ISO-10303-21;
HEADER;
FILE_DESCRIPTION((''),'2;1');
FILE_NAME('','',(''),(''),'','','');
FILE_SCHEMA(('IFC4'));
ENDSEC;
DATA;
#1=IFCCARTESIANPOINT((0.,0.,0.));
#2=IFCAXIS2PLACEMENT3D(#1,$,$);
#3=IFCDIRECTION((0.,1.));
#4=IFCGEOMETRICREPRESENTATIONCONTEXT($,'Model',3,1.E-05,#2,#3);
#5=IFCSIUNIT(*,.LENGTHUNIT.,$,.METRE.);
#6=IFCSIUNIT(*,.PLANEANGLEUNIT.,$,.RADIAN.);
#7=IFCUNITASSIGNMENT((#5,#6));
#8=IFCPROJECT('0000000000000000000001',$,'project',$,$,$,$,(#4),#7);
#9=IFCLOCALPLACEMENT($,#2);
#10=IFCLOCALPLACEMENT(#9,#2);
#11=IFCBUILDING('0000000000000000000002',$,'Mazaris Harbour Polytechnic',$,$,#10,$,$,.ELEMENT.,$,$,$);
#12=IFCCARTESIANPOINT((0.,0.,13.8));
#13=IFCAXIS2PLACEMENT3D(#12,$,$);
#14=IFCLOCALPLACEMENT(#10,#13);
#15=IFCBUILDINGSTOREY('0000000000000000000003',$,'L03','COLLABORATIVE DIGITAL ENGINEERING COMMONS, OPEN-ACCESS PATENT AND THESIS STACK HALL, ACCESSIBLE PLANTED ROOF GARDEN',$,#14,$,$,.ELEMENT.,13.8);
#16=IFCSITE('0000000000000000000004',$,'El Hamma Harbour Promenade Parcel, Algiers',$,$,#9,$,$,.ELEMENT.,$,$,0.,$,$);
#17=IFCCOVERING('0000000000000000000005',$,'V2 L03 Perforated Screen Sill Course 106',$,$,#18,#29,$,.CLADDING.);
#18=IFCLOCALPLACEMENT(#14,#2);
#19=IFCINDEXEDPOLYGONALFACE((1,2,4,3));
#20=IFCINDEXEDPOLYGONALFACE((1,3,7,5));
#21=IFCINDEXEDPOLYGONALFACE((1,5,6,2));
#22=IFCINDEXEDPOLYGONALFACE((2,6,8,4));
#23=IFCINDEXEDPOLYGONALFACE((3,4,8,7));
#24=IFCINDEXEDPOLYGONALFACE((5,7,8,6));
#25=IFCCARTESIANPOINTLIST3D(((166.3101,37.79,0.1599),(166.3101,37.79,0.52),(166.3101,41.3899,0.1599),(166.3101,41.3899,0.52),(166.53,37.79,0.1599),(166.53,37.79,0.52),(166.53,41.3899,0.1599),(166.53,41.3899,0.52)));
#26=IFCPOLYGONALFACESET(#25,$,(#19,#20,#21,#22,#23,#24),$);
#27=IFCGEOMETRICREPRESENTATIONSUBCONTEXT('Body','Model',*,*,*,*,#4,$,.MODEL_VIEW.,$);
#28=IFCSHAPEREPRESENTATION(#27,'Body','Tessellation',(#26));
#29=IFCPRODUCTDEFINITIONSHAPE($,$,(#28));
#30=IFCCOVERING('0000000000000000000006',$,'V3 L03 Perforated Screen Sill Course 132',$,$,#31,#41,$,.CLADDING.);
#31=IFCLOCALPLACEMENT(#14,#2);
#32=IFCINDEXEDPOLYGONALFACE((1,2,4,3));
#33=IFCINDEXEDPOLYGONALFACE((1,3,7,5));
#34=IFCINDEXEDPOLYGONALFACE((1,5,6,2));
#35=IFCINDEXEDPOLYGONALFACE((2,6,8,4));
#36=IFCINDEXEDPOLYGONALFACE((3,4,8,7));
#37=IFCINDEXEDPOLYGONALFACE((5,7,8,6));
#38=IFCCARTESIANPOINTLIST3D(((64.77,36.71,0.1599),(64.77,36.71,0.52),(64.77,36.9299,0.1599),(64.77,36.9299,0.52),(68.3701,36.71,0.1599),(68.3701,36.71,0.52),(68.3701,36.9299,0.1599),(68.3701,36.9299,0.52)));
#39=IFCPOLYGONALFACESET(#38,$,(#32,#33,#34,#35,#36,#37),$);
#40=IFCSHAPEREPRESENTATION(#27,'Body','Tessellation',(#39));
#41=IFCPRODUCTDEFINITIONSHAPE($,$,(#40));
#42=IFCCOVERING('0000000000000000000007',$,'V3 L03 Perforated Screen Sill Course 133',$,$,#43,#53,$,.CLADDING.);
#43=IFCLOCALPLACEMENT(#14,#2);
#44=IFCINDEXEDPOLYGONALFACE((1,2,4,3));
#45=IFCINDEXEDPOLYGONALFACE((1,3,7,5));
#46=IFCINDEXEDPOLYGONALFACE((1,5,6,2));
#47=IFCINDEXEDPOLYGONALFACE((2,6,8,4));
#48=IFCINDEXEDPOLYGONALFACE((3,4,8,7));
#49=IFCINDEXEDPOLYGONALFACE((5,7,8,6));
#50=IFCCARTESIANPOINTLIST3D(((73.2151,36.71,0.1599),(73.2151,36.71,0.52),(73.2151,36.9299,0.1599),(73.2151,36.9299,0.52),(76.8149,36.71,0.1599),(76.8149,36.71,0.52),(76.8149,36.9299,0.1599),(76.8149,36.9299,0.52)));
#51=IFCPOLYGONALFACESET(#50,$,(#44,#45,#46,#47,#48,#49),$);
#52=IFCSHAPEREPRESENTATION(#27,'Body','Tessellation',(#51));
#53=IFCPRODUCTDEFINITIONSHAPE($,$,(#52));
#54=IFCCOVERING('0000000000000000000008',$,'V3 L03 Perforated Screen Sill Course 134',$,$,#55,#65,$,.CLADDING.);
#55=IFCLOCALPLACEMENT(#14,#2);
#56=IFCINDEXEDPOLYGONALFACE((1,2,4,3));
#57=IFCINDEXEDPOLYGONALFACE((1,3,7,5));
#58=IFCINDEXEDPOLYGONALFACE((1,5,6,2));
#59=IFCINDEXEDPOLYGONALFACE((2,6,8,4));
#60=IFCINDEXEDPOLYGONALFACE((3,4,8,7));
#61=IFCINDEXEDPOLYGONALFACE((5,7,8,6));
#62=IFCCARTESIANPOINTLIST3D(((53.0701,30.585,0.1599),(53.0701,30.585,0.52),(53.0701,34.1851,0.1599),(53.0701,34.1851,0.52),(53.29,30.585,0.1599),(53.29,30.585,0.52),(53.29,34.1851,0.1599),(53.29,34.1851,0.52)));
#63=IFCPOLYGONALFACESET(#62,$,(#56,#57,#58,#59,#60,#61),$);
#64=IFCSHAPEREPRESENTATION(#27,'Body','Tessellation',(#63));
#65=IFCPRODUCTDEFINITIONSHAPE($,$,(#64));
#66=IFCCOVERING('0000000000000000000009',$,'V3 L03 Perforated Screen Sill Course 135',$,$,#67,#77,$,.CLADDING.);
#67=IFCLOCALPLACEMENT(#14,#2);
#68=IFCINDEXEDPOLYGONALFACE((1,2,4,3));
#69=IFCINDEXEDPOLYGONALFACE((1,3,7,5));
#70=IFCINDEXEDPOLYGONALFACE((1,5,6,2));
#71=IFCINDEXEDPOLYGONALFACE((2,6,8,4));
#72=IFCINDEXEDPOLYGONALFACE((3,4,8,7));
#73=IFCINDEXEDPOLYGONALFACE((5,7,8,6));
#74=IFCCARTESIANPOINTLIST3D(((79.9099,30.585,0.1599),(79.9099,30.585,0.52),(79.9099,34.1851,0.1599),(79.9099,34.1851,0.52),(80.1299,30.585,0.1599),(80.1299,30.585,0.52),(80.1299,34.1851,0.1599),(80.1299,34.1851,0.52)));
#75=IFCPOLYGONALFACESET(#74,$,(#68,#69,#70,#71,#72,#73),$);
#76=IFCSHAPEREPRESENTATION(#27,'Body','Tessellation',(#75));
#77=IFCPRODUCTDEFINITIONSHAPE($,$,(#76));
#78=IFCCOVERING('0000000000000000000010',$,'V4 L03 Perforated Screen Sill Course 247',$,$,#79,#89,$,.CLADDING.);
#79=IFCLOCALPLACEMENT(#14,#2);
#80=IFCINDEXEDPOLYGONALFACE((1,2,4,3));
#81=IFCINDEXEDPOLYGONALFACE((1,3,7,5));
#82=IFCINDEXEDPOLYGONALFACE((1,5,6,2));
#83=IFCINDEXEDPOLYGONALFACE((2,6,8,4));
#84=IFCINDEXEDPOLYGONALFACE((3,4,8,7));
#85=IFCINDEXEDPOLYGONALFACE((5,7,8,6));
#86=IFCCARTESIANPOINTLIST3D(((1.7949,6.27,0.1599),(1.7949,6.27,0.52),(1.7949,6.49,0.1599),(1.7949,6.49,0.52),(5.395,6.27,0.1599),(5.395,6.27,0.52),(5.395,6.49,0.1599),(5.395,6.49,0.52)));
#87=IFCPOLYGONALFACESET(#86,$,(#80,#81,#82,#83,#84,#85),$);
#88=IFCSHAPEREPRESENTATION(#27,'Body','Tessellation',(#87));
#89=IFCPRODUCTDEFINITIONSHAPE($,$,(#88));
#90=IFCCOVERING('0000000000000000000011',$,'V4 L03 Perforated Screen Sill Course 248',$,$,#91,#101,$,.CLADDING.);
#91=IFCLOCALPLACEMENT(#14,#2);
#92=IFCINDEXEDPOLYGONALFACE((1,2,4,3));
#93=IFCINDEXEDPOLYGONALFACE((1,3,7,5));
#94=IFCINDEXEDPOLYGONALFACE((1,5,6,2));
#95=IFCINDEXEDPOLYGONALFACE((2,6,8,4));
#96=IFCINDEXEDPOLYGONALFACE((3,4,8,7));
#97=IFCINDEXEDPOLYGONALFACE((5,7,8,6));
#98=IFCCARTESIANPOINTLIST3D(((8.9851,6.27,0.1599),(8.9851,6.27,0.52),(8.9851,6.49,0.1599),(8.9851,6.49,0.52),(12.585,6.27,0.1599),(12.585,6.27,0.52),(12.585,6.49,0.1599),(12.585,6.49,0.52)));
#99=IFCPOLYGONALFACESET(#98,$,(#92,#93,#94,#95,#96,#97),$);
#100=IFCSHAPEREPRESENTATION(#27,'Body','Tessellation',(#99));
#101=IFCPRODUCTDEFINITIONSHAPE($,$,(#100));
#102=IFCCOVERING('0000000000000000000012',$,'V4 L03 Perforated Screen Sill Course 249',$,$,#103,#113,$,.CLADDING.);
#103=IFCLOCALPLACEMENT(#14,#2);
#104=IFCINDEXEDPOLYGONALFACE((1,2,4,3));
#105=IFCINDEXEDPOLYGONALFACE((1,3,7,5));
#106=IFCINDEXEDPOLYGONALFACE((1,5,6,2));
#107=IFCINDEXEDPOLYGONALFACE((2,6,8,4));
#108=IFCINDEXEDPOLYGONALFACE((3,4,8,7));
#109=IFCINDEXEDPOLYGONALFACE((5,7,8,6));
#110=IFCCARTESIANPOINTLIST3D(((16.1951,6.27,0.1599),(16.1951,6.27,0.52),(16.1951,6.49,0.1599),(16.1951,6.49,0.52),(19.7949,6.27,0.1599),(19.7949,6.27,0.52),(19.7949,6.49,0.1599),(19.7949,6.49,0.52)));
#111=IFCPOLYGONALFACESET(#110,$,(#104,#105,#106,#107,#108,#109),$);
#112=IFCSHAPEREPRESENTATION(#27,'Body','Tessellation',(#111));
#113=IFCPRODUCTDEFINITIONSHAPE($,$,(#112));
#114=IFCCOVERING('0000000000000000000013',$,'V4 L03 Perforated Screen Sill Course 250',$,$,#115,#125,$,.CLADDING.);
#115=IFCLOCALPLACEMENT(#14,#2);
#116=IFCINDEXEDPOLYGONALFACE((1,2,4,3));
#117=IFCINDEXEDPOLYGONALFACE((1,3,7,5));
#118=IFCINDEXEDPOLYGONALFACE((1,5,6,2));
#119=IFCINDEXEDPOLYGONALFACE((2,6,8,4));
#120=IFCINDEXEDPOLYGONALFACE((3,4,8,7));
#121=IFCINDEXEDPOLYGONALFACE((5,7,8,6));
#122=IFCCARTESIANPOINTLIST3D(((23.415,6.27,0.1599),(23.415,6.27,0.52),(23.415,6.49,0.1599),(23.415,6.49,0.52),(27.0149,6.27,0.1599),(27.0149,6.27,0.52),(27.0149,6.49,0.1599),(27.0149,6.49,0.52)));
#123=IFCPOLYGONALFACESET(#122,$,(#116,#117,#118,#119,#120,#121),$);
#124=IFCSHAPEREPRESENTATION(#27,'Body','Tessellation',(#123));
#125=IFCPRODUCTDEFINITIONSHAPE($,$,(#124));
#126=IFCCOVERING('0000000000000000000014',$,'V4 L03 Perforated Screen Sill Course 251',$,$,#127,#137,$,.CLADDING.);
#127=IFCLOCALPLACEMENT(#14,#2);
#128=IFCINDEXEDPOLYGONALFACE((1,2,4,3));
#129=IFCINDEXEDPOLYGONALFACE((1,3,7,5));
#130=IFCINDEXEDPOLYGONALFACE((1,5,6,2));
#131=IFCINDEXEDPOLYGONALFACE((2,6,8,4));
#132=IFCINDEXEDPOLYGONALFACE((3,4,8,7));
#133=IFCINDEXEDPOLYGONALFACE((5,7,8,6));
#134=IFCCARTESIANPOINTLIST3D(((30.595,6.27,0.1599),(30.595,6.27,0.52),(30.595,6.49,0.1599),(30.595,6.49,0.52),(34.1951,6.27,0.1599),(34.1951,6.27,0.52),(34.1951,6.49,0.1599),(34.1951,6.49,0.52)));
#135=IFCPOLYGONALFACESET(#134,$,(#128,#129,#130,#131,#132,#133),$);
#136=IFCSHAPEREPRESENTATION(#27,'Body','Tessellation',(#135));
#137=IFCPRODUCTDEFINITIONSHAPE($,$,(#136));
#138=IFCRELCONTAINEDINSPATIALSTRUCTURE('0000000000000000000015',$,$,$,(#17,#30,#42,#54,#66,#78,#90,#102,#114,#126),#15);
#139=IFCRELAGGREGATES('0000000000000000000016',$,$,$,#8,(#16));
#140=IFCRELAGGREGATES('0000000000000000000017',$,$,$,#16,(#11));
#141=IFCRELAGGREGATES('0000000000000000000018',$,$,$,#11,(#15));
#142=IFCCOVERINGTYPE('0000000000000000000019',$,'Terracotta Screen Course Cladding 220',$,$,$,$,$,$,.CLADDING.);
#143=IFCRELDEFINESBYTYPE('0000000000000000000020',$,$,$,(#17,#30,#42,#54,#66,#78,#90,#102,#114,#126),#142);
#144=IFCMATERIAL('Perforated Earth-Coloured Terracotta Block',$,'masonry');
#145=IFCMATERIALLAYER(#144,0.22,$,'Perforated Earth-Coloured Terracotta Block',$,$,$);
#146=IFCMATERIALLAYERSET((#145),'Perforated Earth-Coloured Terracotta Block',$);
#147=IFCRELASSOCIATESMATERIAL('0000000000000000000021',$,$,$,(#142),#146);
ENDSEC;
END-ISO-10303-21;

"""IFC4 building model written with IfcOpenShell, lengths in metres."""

from ifc_helpers import new_model, si_unit, direction, frame, origin, place, context, subcontext, project, spatial, polyline, outline, extrude, material, layer, layer_set, type_object, element, save


model = new_model("IFC4")

# Units and contexts
model_context = context("Model", 3, precision=1e-05, world=origin(), true_north=direction((0.0, 1.0)))
body_context = subcontext(model_context, "Body", "Model", "MODEL_VIEW")
ifc_project = project(units=[si_unit("LENGTHUNIT", "METRE"), si_unit("PLANEANGLEUNIT", "RADIAN")], contexts=[model_context])

# Site, building, storey
site_placement = place(None, origin())
site = spatial("IfcSite", under=ifc_project, at=site_placement, Name="El Hamma Harbour Promenade Parcel, Algiers", CompositionType="ELEMENT", RefElevation=0.0)
building_placement = place(site_placement, origin())
building = spatial("IfcBuilding", under=site, at=building_placement, Name="Mazaris Harbour Polytechnic", CompositionType="ELEMENT")
storey_placement = place(building_placement, frame((0.0, 0.0, 13.8)))
storey = spatial("IfcBuildingStorey", under=building, at=storey_placement, Name="L03", Description="COLLABORATIVE DIGITAL ENGINEERING COMMONS, OPEN-ACCESS PATENT AND THESIS STACK HALL, ACCESSIBLE PLANTED ROOF GARDEN", CompositionType="ELEMENT", Elevation=13.8)

# Coverings
ifc_material = material(Name="Perforated Earth-Coloured Terracotta Block", Category="masonry")
ifc_layer = layer(ifc_material, 0.22, Name="Perforated Earth-Coloured Terracotta Block")
ifc_layer_set = layer_set([ifc_layer], Name="Perforated Earth-Coloured Terracotta Block")
covering_type = type_object("IfcCoveringType", Name="Terracotta Screen Course Cladding 220", PredefinedType="CLADDING", material=ifc_layer_set)
covering_1_placement = place(storey_placement, frame((0.0, 0.0, 0.1599)))
element("IfcCovering", 1, at=covering_1_placement, inside=storey, type_object=covering_type, Name="V2 L03 Perforated Screen Sill Course 106", PredefinedType="CLADDING", context=body_context, shape_type="SweptSolid", body=[
    extrude(outline(polyline([(166.3101, 41.3899), (166.3101, 37.79), (166.53, 37.79), (166.53, 41.3899), (166.3101, 41.3899)])), origin(), (0.0, 0.0, 1.0), 0.3601),
])
covering_2_placement = place(storey_placement, frame((0.0, 0.0, 0.1599)))
element("IfcCovering", 2, at=covering_2_placement, inside=storey, type_object=covering_type, Name="V3 L03 Perforated Screen Sill Course 132", PredefinedType="CLADDING", context=body_context, shape_type="SweptSolid", body=[
    extrude(outline(polyline([(64.77, 36.71), (68.3701, 36.71), (68.3701, 36.9299), (64.77, 36.9299), (64.77, 36.71)])), origin(), (0.0, 0.0, 1.0), 0.3601),
])
covering_3_placement = place(storey_placement, frame((0.0, 0.0, 0.1599)))
element("IfcCovering", 3, at=covering_3_placement, inside=storey, type_object=covering_type, Name="V3 L03 Perforated Screen Sill Course 133", PredefinedType="CLADDING", context=body_context, shape_type="SweptSolid", body=[
    extrude(outline(polyline([(73.2151, 36.71), (76.8149, 36.71), (76.8149, 36.9299), (73.2151, 36.9299), (73.2151, 36.71)])), origin(), (0.0, 0.0, 1.0), 0.3601),
])
covering_4_placement = place(storey_placement, frame((0.0, 0.0, 0.1599)))
element("IfcCovering", 4, at=covering_4_placement, inside=storey, type_object=covering_type, Name="V3 L03 Perforated Screen Sill Course 134", PredefinedType="CLADDING", context=body_context, shape_type="SweptSolid", body=[
    extrude(outline(polyline([(53.29, 30.585), (53.29, 34.1851), (53.0701, 34.1851), (53.0701, 30.585), (53.29, 30.585)])), origin(), (0.0, 0.0, 1.0), 0.3601),
])
covering_5_placement = place(storey_placement, frame((0.0, 0.0, 0.1599)))
element("IfcCovering", 5, at=covering_5_placement, inside=storey, type_object=covering_type, Name="V3 L03 Perforated Screen Sill Course 135", PredefinedType="CLADDING", context=body_context, shape_type="SweptSolid", body=[
    extrude(outline(polyline([(79.9099, 34.1851), (79.9099, 30.585), (80.1299, 30.585), (80.1299, 34.1851), (79.9099, 34.1851)])), origin(), (0.0, 0.0, 1.0), 0.3601),
])
covering_6_placement = place(storey_placement, frame((0.0, 0.0, 0.1599)))
element("IfcCovering", 6, at=covering_6_placement, inside=storey, type_object=covering_type, Name="V4 L03 Perforated Screen Sill Course 247", PredefinedType="CLADDING", context=body_context, shape_type="SweptSolid", body=[
    extrude(outline(polyline([(5.395, 6.49), (1.7949, 6.49), (1.7949, 6.27), (5.395, 6.27), (5.395, 6.49)])), origin(), (0.0, 0.0, 1.0), 0.3601),
])
covering_7_placement = place(storey_placement, frame((0.0, 0.0, 0.1599)))
element("IfcCovering", 7, at=covering_7_placement, inside=storey, type_object=covering_type, Name="V4 L03 Perforated Screen Sill Course 248", PredefinedType="CLADDING", context=body_context, shape_type="SweptSolid", body=[
    extrude(outline(polyline([(12.585, 6.49), (8.9851, 6.49), (8.9851, 6.27), (12.585, 6.27), (12.585, 6.49)])), origin(), (0.0, 0.0, 1.0), 0.3601),
])
covering_8_placement = place(storey_placement, frame((0.0, 0.0, 0.1599)))
element("IfcCovering", 8, at=covering_8_placement, inside=storey, type_object=covering_type, Name="V4 L03 Perforated Screen Sill Course 249", PredefinedType="CLADDING", context=body_context, shape_type="SweptSolid", body=[
    extrude(outline(polyline([(19.7949, 6.49), (16.1951, 6.49), (16.1951, 6.27), (19.7949, 6.27), (19.7949, 6.49)])), origin(), (0.0, 0.0, 1.0), 0.3601),
])
covering_9_placement = place(storey_placement, frame((0.0, 0.0, 0.1599)))
element("IfcCovering", 9, at=covering_9_placement, inside=storey, type_object=covering_type, Name="V4 L03 Perforated Screen Sill Course 250", PredefinedType="CLADDING", context=body_context, shape_type="SweptSolid", body=[
    extrude(outline(polyline([(27.0149, 6.49), (23.415, 6.49), (23.415, 6.27), (27.0149, 6.27), (27.0149, 6.49)])), origin(), (0.0, 0.0, 1.0), 0.3601),
])
covering_10_placement = place(storey_placement, frame((0.0, 0.0, 0.1599)))
element("IfcCovering", 10, at=covering_10_placement, inside=storey, type_object=covering_type, Name="V4 L03 Perforated Screen Sill Course 251", PredefinedType="CLADDING", context=body_context, shape_type="SweptSolid", body=[
    extrude(outline(polyline([(34.1951, 6.49), (30.595, 6.49), (30.595, 6.27), (34.1951, 6.27), (34.1951, 6.49)])), origin(), (0.0, 0.0, 1.0), 0.3601),
])

save(model, "model.ifc")
